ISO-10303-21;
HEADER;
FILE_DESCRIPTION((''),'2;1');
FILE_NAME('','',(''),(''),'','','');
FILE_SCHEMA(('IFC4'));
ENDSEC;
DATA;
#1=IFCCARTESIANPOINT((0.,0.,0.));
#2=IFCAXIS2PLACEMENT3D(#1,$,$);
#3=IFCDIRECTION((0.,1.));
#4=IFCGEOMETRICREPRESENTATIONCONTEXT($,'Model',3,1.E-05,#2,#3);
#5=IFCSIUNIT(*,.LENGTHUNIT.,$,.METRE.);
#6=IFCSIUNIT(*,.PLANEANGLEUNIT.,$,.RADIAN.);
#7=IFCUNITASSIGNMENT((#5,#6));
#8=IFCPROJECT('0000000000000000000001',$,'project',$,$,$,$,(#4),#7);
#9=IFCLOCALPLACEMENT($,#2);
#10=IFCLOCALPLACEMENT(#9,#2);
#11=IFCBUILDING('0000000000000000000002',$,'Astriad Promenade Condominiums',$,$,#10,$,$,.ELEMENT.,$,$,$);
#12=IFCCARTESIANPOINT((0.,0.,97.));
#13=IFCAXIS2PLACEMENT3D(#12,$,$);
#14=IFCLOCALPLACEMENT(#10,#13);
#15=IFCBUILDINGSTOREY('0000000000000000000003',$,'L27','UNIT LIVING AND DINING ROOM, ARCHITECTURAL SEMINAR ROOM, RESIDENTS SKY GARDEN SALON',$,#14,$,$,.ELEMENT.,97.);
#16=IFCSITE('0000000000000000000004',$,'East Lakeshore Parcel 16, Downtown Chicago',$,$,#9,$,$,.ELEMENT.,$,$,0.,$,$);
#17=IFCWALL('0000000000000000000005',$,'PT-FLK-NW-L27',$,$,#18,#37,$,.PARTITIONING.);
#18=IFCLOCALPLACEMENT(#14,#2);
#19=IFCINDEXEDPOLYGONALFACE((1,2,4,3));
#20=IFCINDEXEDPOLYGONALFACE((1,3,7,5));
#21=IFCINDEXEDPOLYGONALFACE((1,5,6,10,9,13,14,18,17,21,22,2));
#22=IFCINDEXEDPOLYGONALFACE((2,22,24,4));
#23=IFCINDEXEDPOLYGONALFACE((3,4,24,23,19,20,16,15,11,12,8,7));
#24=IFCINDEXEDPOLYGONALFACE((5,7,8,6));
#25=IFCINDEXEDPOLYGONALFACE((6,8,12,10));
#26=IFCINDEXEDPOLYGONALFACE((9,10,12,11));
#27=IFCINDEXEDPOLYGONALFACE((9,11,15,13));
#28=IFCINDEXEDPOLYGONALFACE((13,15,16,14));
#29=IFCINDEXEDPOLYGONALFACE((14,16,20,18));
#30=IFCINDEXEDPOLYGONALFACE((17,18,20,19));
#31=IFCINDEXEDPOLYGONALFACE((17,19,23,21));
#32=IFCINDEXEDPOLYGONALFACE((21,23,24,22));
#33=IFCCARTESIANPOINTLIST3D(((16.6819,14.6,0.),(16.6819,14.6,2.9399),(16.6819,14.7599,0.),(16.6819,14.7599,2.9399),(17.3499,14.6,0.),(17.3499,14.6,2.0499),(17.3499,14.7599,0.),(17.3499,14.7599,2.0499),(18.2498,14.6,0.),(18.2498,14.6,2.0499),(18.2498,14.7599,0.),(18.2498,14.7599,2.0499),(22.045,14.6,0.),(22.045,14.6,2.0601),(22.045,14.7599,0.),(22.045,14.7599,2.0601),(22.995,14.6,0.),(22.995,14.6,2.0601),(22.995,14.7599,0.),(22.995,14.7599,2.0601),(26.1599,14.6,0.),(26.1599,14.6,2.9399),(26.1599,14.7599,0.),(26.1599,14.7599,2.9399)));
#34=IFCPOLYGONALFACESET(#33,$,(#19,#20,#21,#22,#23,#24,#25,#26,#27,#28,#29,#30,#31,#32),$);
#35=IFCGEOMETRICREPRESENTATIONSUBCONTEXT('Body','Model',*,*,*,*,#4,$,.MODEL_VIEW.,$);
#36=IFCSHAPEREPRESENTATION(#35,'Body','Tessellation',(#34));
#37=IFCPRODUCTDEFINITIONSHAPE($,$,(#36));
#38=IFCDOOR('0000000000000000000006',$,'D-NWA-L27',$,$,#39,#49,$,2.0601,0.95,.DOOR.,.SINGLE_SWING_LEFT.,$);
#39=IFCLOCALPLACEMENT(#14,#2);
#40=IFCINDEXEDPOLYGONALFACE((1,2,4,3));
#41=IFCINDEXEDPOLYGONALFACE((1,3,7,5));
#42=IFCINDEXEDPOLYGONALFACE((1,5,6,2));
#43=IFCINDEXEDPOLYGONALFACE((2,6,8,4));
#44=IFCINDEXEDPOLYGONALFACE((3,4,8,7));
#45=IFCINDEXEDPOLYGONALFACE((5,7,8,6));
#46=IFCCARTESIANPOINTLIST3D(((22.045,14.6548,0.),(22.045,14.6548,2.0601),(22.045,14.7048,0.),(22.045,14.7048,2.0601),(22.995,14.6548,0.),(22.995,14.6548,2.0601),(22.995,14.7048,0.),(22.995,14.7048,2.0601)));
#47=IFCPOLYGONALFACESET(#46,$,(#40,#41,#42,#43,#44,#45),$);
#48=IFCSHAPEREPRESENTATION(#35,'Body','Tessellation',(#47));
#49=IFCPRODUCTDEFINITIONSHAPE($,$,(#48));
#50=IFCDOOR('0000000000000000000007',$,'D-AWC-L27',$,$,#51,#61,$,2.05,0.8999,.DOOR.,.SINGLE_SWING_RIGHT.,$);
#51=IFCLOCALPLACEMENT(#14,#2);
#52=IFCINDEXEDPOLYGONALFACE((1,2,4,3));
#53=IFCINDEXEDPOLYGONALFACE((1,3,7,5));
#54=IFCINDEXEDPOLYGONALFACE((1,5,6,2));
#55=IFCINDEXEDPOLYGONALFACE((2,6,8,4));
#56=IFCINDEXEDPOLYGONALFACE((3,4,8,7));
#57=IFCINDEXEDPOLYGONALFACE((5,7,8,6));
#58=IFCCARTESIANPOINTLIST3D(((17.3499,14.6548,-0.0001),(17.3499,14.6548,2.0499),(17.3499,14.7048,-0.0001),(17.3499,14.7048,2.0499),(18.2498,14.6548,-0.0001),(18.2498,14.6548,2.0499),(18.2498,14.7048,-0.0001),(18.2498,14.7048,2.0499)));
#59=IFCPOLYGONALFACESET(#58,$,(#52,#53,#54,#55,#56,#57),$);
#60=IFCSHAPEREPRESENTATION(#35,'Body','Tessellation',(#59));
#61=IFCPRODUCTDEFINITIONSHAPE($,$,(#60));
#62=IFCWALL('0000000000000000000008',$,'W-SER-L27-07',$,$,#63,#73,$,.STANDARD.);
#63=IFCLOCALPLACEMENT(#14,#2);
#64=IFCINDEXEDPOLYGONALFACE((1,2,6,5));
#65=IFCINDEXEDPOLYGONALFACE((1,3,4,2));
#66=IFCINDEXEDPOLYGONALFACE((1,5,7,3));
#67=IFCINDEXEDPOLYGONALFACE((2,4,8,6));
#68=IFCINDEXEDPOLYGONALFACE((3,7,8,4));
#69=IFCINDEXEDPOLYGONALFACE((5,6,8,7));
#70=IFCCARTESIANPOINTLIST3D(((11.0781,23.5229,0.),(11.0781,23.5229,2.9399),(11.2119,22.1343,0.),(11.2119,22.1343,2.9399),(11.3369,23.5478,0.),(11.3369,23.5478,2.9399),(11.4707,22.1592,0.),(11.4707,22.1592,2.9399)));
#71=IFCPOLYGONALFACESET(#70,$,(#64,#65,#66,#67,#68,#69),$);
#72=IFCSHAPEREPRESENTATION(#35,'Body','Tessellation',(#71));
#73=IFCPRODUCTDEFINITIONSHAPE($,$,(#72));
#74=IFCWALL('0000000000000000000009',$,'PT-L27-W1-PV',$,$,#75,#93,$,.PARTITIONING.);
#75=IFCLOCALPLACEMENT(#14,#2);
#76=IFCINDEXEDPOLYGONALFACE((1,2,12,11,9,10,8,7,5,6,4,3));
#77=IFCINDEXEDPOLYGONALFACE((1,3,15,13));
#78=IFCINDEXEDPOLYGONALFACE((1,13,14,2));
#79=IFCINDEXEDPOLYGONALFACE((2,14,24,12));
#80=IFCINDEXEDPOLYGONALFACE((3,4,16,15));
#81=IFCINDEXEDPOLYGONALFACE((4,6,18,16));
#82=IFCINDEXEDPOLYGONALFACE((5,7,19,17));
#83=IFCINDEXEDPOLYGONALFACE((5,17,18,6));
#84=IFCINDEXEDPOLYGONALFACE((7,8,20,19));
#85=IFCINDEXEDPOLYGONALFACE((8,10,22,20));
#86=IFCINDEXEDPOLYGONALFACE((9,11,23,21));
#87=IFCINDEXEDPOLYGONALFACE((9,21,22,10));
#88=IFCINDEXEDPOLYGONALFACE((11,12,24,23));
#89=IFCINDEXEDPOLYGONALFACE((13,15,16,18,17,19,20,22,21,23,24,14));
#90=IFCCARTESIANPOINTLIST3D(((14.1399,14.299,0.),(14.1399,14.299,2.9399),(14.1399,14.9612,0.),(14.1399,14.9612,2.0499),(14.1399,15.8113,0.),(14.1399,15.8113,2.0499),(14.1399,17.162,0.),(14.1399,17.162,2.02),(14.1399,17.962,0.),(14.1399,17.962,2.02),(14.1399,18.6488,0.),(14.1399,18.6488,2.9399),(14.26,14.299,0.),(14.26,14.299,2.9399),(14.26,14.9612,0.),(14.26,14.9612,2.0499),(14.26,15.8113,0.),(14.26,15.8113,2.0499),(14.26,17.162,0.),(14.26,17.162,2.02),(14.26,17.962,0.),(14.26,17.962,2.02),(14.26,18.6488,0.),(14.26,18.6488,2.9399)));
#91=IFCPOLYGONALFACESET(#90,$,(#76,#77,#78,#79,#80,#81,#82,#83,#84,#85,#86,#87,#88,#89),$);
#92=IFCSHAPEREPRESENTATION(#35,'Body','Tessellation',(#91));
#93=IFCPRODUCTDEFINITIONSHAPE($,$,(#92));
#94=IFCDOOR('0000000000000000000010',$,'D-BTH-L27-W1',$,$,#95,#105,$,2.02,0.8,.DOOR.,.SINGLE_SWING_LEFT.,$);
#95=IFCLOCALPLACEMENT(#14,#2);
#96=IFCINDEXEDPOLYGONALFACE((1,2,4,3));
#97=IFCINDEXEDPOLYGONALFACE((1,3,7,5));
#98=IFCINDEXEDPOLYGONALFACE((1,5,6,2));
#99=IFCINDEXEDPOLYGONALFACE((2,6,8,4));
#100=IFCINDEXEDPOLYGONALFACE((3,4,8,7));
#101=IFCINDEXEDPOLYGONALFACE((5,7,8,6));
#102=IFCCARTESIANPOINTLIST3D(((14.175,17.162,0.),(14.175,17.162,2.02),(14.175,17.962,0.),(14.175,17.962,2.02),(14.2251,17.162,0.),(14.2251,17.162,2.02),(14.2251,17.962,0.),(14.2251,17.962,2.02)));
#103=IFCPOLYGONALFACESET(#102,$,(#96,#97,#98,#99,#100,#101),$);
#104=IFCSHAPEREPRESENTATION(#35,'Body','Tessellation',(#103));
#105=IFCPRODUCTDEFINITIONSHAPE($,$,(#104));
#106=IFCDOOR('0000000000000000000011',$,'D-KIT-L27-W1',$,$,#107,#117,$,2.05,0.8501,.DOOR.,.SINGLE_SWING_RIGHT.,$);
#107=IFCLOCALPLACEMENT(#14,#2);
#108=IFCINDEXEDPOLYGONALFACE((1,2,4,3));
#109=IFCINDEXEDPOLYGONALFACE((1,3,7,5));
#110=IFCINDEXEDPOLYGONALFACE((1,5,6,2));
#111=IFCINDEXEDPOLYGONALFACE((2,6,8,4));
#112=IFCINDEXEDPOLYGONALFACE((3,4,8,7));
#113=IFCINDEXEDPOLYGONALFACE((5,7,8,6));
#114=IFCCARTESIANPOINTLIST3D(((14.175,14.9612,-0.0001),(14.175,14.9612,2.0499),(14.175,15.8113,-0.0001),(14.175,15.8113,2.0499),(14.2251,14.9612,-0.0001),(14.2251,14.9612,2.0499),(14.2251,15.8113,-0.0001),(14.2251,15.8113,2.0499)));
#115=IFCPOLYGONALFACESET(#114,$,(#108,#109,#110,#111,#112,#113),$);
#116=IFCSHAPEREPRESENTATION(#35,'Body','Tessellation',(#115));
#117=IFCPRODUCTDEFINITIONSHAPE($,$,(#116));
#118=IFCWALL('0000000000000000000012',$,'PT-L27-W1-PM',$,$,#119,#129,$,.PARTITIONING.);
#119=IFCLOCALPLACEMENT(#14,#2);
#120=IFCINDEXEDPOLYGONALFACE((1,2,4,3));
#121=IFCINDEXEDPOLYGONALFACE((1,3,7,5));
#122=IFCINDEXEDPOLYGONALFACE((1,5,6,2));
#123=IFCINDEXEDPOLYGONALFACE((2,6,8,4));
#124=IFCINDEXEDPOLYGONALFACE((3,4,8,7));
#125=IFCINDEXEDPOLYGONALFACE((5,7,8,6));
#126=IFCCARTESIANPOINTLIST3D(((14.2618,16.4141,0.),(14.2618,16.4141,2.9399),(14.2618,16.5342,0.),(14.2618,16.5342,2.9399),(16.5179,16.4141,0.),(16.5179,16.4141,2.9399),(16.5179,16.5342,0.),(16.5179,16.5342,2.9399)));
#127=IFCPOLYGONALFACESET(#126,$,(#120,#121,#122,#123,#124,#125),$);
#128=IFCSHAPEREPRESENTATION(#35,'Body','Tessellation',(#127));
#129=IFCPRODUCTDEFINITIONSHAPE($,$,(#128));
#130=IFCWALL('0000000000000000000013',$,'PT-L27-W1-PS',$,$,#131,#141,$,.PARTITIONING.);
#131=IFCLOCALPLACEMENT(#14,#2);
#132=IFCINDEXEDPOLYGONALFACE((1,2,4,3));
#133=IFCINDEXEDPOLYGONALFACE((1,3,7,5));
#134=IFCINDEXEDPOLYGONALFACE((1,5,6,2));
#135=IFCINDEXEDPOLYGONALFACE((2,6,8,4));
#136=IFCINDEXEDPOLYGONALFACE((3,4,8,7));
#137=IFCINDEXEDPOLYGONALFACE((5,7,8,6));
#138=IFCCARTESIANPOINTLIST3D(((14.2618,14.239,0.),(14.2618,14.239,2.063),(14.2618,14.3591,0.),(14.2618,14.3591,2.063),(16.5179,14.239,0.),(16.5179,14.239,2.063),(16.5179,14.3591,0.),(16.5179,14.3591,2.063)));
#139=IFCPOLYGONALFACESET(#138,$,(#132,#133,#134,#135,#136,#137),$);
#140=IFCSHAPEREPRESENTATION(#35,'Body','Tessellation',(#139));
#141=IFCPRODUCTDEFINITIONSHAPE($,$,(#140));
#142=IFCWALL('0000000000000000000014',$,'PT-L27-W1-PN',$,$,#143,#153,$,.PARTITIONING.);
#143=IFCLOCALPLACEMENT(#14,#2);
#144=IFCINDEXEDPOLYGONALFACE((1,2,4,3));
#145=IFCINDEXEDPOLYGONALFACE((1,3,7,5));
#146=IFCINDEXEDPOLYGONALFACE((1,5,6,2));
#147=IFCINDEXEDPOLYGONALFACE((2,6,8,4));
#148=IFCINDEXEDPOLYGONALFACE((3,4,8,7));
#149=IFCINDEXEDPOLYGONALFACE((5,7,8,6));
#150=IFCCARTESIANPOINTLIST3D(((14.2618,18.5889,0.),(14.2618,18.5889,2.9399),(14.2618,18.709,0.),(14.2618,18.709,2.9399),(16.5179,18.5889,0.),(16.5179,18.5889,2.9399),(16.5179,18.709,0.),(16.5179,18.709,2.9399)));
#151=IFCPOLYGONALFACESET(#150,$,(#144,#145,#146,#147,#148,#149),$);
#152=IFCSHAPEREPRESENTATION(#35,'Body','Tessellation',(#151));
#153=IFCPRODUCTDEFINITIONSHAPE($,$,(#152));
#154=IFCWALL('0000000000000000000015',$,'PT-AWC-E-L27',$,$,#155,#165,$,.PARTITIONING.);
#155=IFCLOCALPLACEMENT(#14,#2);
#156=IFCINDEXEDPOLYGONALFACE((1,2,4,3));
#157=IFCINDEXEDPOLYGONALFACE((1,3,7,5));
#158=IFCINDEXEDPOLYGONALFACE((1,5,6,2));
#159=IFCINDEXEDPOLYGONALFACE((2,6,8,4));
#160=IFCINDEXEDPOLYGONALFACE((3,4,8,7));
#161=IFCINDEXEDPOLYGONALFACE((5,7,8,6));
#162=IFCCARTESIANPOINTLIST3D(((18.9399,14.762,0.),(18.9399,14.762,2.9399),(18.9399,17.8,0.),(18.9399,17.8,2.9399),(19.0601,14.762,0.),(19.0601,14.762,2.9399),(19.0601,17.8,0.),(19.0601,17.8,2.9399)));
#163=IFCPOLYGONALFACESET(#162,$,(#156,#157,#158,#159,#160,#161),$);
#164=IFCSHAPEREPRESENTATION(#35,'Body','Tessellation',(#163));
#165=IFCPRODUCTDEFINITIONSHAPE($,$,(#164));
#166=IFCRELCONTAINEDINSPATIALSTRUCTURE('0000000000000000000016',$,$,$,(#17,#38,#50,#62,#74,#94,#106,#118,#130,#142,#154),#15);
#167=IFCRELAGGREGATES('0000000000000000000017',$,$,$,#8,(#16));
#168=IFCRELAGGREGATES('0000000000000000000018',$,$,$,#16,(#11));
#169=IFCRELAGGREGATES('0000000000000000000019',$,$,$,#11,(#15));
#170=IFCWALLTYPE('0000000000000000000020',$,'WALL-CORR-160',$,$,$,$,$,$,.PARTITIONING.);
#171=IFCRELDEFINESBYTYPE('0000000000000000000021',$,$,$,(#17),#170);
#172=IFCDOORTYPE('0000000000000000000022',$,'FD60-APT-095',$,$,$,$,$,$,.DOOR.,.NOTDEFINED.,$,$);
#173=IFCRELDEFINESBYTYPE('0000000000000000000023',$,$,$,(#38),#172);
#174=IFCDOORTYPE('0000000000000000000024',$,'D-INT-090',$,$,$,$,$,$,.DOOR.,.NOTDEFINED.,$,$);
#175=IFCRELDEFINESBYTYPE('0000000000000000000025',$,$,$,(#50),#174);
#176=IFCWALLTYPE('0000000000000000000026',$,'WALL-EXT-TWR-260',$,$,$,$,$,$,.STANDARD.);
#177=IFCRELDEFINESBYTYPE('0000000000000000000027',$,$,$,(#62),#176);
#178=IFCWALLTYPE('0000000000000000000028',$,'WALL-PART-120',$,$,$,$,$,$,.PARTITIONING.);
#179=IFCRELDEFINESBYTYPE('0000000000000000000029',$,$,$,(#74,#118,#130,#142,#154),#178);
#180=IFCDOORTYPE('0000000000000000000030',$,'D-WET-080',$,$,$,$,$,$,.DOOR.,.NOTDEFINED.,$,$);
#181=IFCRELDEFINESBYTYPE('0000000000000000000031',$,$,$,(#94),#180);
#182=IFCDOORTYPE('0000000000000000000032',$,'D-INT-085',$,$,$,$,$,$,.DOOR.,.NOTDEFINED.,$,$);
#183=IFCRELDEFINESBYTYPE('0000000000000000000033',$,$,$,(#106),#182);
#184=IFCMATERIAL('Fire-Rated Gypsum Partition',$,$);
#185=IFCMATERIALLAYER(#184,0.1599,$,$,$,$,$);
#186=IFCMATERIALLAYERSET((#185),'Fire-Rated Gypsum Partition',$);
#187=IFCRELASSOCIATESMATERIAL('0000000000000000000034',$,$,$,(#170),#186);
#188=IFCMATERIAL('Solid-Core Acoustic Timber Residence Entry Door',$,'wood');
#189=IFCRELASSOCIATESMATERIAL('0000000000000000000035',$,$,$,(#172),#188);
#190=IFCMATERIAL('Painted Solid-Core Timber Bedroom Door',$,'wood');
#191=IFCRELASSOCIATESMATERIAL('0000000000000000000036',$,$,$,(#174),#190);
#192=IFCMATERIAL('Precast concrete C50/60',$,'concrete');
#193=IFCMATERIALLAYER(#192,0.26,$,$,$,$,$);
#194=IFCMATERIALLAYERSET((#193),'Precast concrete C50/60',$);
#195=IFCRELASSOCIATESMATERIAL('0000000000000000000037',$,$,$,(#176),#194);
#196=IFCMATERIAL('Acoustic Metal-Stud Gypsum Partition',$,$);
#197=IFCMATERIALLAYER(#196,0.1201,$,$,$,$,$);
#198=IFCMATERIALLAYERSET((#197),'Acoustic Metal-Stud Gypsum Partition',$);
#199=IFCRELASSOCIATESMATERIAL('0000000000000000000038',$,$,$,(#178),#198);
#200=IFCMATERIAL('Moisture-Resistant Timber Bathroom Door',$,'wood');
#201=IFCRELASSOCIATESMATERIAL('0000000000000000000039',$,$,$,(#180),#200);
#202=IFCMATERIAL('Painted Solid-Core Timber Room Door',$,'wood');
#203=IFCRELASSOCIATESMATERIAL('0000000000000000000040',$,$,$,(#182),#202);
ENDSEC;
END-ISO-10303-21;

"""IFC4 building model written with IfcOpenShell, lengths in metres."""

from ifc_helpers import new_model, si_unit, direction, frame, frame_2d, origin, place, context, subcontext, project, spatial, rectangle, extrude, source, transform, mapped, material, layer, layer_set, type_object, type_shapes, element, fill, save


model = new_model("IFC4")

# Units and contexts
model_context = context("Model", 3, precision=1e-05, world=origin(), true_north=direction((0.0, 1.0)))
body_context = subcontext(model_context, "Body", "Model", "MODEL_VIEW")
ifc_project = project(units=[si_unit("LENGTHUNIT", "METRE"), si_unit("PLANEANGLEUNIT", "RADIAN")], contexts=[model_context])

# Site, building, storey
site_placement = place(None, origin())
site = spatial("IfcSite", under=ifc_project, at=site_placement, Name="East Lakeshore Parcel 16, Downtown Chicago", CompositionType="ELEMENT", RefElevation=0.0)
building_placement = place(site_placement, origin())
building = spatial("IfcBuilding", under=site, at=building_placement, Name="Astriad Promenade Condominiums", CompositionType="ELEMENT")
storey_placement = place(building_placement, frame((0.0, 0.0, 97.0)))
storey = spatial("IfcBuildingStorey", under=building, at=storey_placement, Name="L27", Description="UNIT LIVING AND DINING ROOM, ARCHITECTURAL SEMINAR ROOM, RESIDENTS SKY GARDEN SALON", CompositionType="ELEMENT", Elevation=97.0)

# Shared definitions
ifc_material_1 = material(Name="Fire-Rated Gypsum Partition")
ifc_layer_1 = layer(ifc_material_1, 0.1599)
ifc_layer_set_1 = layer_set([ifc_layer_1], Name="Fire-Rated Gypsum Partition")
wall_type_1 = type_object("IfcWallType", Name="WALL-CORR-160", PredefinedType="PARTITIONING", material=ifc_layer_set_1)
ifc_material_2 = material(Name="Solid-Core Acoustic Timber Residence Entry Door", Category="wood")
door_type_1 = type_object("IfcDoorType", Name="FD60-APT-095", OperationType="NOTDEFINED", PredefinedType="DOOR", material=ifc_material_2)
shared_shape_1 = source(origin(), body_context, "Body", "SweptSolid", [
    extrude(rectangle(XDim=0.95, YDim=2.0601, at=frame_2d((0.4751, 1.03))), frame((0.0, 0.0249, 0.0), z_axis=(0.0, -1.0, 0.0), x_axis=(1.0, 0.0, 0.0)), (0.0, 0.0, 1.0), 0.05),
])
type_shapes(door_type_1, [shared_shape_1])

# Wall, openings, doors
wall_1_placement = place(storey_placement, frame((16.6819, 14.6799, 0.0), z_axis=(0.0, 0.0, 1.0), x_axis=(1.0, 0.0, 0.0)))
wall_1 = element("IfcWall", 1, at=wall_1_placement, inside=storey, type_object=wall_type_1, Name="PT-FLK-NW-L27", PredefinedType="PARTITIONING", context=body_context, shape_type="SweptSolid", body=[
    extrude(rectangle(XDim=9.478, YDim=0.1599, at=frame_2d((4.739, 0.0))), origin(), (0.0, 0.0, 1.0), 2.9399),
])
opening_1_placement = place(wall_1_placement, frame((0.668, 0.0, 0.0)))
opening_1 = element("IfcOpeningElement", 2, at=opening_1_placement, cuts=wall_1, PredefinedType="OPENING", context=body_context, shape_type="SweptSolid", body=[
    extrude(rectangle(XDim=0.8999, YDim=2.05, at=frame_2d((0.45, 1.0249))), frame((0.0, 0.0898, 0.0), z_axis=(0.0, -1.0, 0.0), x_axis=(1.0, 0.0, 0.0)), (0.0, 0.0, 1.0), 0.1799),
])
opening_2_placement = place(wall_1_placement, frame((5.363, 0.0, 0.0)))
opening_2 = element("IfcOpeningElement", 3, at=opening_2_placement, cuts=wall_1, PredefinedType="OPENING", context=body_context, shape_type="SweptSolid", body=[
    extrude(rectangle(XDim=0.95, YDim=2.0601, at=frame_2d((0.4751, 1.03))), frame((0.0, 0.0898, 0.0), z_axis=(0.0, -1.0, 0.0), x_axis=(1.0, 0.0, 0.0)), (0.0, 0.0, 1.0), 0.1799),
])
door_1_placement = place(opening_2_placement, origin())
door_1 = element("IfcDoor", 4, at=door_1_placement, inside=storey, type_object=door_type_1, Name="D-NWA-L27", OperationType="SINGLE_SWING_LEFT", OverallHeight=2.0601, OverallWidth=0.95, PredefinedType="DOOR", context=body_context, shape_type="MappedRepresentation", body=[
    mapped(shared_shape_1, transform((0.0, 0.0, 0.0), scale=1.0)),
])
fill(opening_2, door_1)
ifc_material_3 = material(Name="Painted Solid-Core Timber Bedroom Door", Category="wood")
door_type_2 = type_object("IfcDoorType", Name="D-INT-090", OperationType="NOTDEFINED", PredefinedType="DOOR", material=ifc_material_3)
shared_shape_2 = source(origin(), body_context, "Body", "SweptSolid", [
    extrude(rectangle(XDim=0.8999, YDim=2.05, at=frame_2d((0.45, 1.0249))), frame((0.0, 0.0249, 0.0), z_axis=(0.0, -1.0, 0.0), x_axis=(1.0, 0.0, 0.0)), (0.0, 0.0, 1.0), 0.05),
])
type_shapes(door_type_2, [shared_shape_2])
door_2_placement = place(opening_1_placement, origin())
door_2 = element("IfcDoor", 5, at=door_2_placement, inside=storey, type_object=door_type_2, Name="D-AWC-L27", OperationType="SINGLE_SWING_RIGHT", OverallHeight=2.05, OverallWidth=0.8999, PredefinedType="DOOR", context=body_context, shape_type="MappedRepresentation", body=[
    mapped(shared_shape_2, transform((0.0, 0.0, 0.0), scale=1.0)),
])
fill(opening_1, door_2)

# Wall
ifc_material_4 = material(Name="Precast concrete C50/60", Category="concrete")
ifc_layer_2 = layer(ifc_material_4, 0.26)
ifc_layer_set_2 = layer_set([ifc_layer_2], Name="Precast concrete C50/60")
wall_type_2 = type_object("IfcWallType", Name="WALL-EXT-TWR-260", PredefinedType="STANDARD", material=ifc_layer_set_2)
wall_2_placement = place(storey_placement, frame((11.3413, 22.1467, 0.0), z_axis=(0.0, 0.0, 1.0), x_axis=(-0.095899, 0.995391, 0.0)))
element("IfcWall", 6, at=wall_2_placement, inside=storey, type_object=wall_type_2, Name="W-SER-L27-07", PredefinedType="STANDARD", context=body_context, shape_type="SweptSolid", body=[
    extrude(rectangle(XDim=1.395, YDim=0.26, at=frame_2d((0.6975, 0.0))), origin(), (0.0, 0.0, 1.0), 2.9399),
])

# Wall, openings, doors
ifc_material_5 = material(Name="Acoustic Metal-Stud Gypsum Partition")
ifc_layer_3 = layer(ifc_material_5, 0.1201)
ifc_layer_set_3 = layer_set([ifc_layer_3], Name="Acoustic Metal-Stud Gypsum Partition")
wall_type_3 = type_object("IfcWallType", Name="WALL-PART-120", PredefinedType="PARTITIONING", material=ifc_layer_set_3)
wall_3_placement = place(storey_placement, frame((14.2, 14.2991, 0.0), z_axis=(0.0, 0.0, 1.0), x_axis=(0.0, 1.0, 0.0)))
wall_3 = element("IfcWall", 7, at=wall_3_placement, inside=storey, type_object=wall_type_3, Name="PT-L27-W1-PV", PredefinedType="PARTITIONING", context=body_context, shape_type="SweptSolid", body=[
    extrude(rectangle(XDim=4.3499, YDim=0.1201, at=frame_2d((2.1748, 0.0))), origin(), (0.0, 0.0, 1.0), 2.9399),
])
opening_3_placement = place(wall_3_placement, frame((0.6621, 0.0, 0.0)))
opening_3 = element("IfcOpeningElement", 8, at=opening_3_placement, cuts=wall_3, PredefinedType="OPENING", context=body_context, shape_type="SweptSolid", body=[
    extrude(rectangle(XDim=0.8501, YDim=2.05, at=frame_2d((0.425, 1.0249))), frame((0.0, 0.0701, 0.0), z_axis=(0.0, -1.0, 0.0), x_axis=(1.0, 0.0, 0.0)), (0.0, 0.0, 1.0), 0.1401),
])
opening_4_placement = place(wall_3_placement, frame((2.863, 0.0, 0.0)))
opening_4 = element("IfcOpeningElement", 9, at=opening_4_placement, cuts=wall_3, PredefinedType="OPENING", context=body_context, shape_type="SweptSolid", body=[
    extrude(rectangle(XDim=0.8, YDim=2.02, at=frame_2d((0.3999, 1.01))), frame((0.0, 0.0701, 0.0), z_axis=(0.0, -1.0, 0.0), x_axis=(1.0, 0.0, 0.0)), (0.0, 0.0, 1.0), 0.1401),
])
ifc_material_6 = material(Name="Moisture-Resistant Timber Bathroom Door", Category="wood")
door_type_3 = type_object("IfcDoorType", Name="D-WET-080", OperationType="NOTDEFINED", PredefinedType="DOOR", material=ifc_material_6)
shared_shape_3 = source(origin(), body_context, "Body", "SweptSolid", [
    extrude(rectangle(XDim=0.8, YDim=2.02, at=frame_2d((0.3999, 1.01))), frame((0.0, 0.0249, 0.0), z_axis=(0.0, -1.0, 0.0), x_axis=(1.0, 0.0, 0.0)), (0.0, 0.0, 1.0), 0.05),
])
type_shapes(door_type_3, [shared_shape_3])
door_3_placement = place(opening_4_placement, origin())
door_3 = element("IfcDoor", 10, at=door_3_placement, inside=storey, type_object=door_type_3, Name="D-BTH-L27-W1", OperationType="SINGLE_SWING_LEFT", OverallHeight=2.02, OverallWidth=0.8, PredefinedType="DOOR", context=body_context, shape_type="MappedRepresentation", body=[
    mapped(shared_shape_3, transform((0.0, 0.0, 0.0), scale=1.0)),
])
fill(opening_4, door_3)
ifc_material_7 = material(Name="Painted Solid-Core Timber Room Door", Category="wood")
door_type_4 = type_object("IfcDoorType", Name="D-INT-085", OperationType="NOTDEFINED", PredefinedType="DOOR", material=ifc_material_7)
shared_shape_4 = source(origin(), body_context, "Body", "SweptSolid", [
    extrude(rectangle(XDim=0.8501, YDim=2.05, at=frame_2d((0.425, 1.0249))), frame((0.0, 0.0249, 0.0), z_axis=(0.0, -1.0, 0.0), x_axis=(1.0, 0.0, 0.0)), (0.0, 0.0, 1.0), 0.05),
])
type_shapes(door_type_4, [shared_shape_4])
door_4_placement = place(opening_3_placement, origin())
door_4 = element("IfcDoor", 11, at=door_4_placement, inside=storey, type_object=door_type_4, Name="D-KIT-L27-W1", OperationType="SINGLE_SWING_RIGHT", OverallHeight=2.05, OverallWidth=0.8501, PredefinedType="DOOR", context=body_context, shape_type="MappedRepresentation", body=[
    mapped(shared_shape_4, transform((0.0, 0.0, 0.0), scale=1.0)),
])
fill(opening_3, door_4)

# Walls
wall_4_placement = place(storey_placement, frame((14.262, 16.4741, 0.0), z_axis=(0.0, 0.0, 1.0), x_axis=(1.0, 0.0, 0.0)))
element("IfcWall", 12, at=wall_4_placement, inside=storey, type_object=wall_type_3, Name="PT-L27-W1-PM", PredefinedType="PARTITIONING", context=body_context, shape_type="SweptSolid", body=[
    extrude(rectangle(XDim=2.2561, YDim=0.1201, at=frame_2d((1.1279, 0.0))), origin(), (0.0, 0.0, 1.0), 2.9399),
])
wall_5_placement = place(storey_placement, frame((14.262, 14.2991, 0.0), z_axis=(0.0, 0.0, 1.0), x_axis=(1.0, 0.0, 0.0)))
element("IfcWall", 13, at=wall_5_placement, inside=storey, type_object=wall_type_3, Name="PT-L27-W1-PS", PredefinedType="PARTITIONING", context=body_context, shape_type="SweptSolid", body=[
    extrude(rectangle(XDim=2.2561, YDim=0.1201, at=frame_2d((1.1279, 0.0))), origin(), (0.0, 0.0, 1.0), 2.063),
])
wall_6_placement = place(storey_placement, frame((14.262, 18.6489, 0.0), z_axis=(0.0, 0.0, 1.0), x_axis=(1.0, 0.0, 0.0)))
element("IfcWall", 14, at=wall_6_placement, inside=storey, type_object=wall_type_3, Name="PT-L27-W1-PN", PredefinedType="PARTITIONING", context=body_context, shape_type="SweptSolid", body=[
    extrude(rectangle(XDim=2.2561, YDim=0.1201, at=frame_2d((1.1279, 0.0))), origin(), (0.0, 0.0, 1.0), 2.9399),
])
wall_7_placement = place(storey_placement, frame((19.0, 14.762, 0.0), z_axis=(0.0, 0.0, 1.0), x_axis=(0.0, 1.0, 0.0)))
element("IfcWall", 15, at=wall_7_placement, inside=storey, type_object=wall_type_3, Name="PT-AWC-E-L27", PredefinedType="PARTITIONING", context=body_context, shape_type="SweptSolid", body=[
    extrude(rectangle(XDim=3.0381, YDim=0.1201, at=frame_2d((1.519, 0.0))), origin(), (0.0, 0.0, 1.0), 2.9399),
])

save(model, "model.ifc")
